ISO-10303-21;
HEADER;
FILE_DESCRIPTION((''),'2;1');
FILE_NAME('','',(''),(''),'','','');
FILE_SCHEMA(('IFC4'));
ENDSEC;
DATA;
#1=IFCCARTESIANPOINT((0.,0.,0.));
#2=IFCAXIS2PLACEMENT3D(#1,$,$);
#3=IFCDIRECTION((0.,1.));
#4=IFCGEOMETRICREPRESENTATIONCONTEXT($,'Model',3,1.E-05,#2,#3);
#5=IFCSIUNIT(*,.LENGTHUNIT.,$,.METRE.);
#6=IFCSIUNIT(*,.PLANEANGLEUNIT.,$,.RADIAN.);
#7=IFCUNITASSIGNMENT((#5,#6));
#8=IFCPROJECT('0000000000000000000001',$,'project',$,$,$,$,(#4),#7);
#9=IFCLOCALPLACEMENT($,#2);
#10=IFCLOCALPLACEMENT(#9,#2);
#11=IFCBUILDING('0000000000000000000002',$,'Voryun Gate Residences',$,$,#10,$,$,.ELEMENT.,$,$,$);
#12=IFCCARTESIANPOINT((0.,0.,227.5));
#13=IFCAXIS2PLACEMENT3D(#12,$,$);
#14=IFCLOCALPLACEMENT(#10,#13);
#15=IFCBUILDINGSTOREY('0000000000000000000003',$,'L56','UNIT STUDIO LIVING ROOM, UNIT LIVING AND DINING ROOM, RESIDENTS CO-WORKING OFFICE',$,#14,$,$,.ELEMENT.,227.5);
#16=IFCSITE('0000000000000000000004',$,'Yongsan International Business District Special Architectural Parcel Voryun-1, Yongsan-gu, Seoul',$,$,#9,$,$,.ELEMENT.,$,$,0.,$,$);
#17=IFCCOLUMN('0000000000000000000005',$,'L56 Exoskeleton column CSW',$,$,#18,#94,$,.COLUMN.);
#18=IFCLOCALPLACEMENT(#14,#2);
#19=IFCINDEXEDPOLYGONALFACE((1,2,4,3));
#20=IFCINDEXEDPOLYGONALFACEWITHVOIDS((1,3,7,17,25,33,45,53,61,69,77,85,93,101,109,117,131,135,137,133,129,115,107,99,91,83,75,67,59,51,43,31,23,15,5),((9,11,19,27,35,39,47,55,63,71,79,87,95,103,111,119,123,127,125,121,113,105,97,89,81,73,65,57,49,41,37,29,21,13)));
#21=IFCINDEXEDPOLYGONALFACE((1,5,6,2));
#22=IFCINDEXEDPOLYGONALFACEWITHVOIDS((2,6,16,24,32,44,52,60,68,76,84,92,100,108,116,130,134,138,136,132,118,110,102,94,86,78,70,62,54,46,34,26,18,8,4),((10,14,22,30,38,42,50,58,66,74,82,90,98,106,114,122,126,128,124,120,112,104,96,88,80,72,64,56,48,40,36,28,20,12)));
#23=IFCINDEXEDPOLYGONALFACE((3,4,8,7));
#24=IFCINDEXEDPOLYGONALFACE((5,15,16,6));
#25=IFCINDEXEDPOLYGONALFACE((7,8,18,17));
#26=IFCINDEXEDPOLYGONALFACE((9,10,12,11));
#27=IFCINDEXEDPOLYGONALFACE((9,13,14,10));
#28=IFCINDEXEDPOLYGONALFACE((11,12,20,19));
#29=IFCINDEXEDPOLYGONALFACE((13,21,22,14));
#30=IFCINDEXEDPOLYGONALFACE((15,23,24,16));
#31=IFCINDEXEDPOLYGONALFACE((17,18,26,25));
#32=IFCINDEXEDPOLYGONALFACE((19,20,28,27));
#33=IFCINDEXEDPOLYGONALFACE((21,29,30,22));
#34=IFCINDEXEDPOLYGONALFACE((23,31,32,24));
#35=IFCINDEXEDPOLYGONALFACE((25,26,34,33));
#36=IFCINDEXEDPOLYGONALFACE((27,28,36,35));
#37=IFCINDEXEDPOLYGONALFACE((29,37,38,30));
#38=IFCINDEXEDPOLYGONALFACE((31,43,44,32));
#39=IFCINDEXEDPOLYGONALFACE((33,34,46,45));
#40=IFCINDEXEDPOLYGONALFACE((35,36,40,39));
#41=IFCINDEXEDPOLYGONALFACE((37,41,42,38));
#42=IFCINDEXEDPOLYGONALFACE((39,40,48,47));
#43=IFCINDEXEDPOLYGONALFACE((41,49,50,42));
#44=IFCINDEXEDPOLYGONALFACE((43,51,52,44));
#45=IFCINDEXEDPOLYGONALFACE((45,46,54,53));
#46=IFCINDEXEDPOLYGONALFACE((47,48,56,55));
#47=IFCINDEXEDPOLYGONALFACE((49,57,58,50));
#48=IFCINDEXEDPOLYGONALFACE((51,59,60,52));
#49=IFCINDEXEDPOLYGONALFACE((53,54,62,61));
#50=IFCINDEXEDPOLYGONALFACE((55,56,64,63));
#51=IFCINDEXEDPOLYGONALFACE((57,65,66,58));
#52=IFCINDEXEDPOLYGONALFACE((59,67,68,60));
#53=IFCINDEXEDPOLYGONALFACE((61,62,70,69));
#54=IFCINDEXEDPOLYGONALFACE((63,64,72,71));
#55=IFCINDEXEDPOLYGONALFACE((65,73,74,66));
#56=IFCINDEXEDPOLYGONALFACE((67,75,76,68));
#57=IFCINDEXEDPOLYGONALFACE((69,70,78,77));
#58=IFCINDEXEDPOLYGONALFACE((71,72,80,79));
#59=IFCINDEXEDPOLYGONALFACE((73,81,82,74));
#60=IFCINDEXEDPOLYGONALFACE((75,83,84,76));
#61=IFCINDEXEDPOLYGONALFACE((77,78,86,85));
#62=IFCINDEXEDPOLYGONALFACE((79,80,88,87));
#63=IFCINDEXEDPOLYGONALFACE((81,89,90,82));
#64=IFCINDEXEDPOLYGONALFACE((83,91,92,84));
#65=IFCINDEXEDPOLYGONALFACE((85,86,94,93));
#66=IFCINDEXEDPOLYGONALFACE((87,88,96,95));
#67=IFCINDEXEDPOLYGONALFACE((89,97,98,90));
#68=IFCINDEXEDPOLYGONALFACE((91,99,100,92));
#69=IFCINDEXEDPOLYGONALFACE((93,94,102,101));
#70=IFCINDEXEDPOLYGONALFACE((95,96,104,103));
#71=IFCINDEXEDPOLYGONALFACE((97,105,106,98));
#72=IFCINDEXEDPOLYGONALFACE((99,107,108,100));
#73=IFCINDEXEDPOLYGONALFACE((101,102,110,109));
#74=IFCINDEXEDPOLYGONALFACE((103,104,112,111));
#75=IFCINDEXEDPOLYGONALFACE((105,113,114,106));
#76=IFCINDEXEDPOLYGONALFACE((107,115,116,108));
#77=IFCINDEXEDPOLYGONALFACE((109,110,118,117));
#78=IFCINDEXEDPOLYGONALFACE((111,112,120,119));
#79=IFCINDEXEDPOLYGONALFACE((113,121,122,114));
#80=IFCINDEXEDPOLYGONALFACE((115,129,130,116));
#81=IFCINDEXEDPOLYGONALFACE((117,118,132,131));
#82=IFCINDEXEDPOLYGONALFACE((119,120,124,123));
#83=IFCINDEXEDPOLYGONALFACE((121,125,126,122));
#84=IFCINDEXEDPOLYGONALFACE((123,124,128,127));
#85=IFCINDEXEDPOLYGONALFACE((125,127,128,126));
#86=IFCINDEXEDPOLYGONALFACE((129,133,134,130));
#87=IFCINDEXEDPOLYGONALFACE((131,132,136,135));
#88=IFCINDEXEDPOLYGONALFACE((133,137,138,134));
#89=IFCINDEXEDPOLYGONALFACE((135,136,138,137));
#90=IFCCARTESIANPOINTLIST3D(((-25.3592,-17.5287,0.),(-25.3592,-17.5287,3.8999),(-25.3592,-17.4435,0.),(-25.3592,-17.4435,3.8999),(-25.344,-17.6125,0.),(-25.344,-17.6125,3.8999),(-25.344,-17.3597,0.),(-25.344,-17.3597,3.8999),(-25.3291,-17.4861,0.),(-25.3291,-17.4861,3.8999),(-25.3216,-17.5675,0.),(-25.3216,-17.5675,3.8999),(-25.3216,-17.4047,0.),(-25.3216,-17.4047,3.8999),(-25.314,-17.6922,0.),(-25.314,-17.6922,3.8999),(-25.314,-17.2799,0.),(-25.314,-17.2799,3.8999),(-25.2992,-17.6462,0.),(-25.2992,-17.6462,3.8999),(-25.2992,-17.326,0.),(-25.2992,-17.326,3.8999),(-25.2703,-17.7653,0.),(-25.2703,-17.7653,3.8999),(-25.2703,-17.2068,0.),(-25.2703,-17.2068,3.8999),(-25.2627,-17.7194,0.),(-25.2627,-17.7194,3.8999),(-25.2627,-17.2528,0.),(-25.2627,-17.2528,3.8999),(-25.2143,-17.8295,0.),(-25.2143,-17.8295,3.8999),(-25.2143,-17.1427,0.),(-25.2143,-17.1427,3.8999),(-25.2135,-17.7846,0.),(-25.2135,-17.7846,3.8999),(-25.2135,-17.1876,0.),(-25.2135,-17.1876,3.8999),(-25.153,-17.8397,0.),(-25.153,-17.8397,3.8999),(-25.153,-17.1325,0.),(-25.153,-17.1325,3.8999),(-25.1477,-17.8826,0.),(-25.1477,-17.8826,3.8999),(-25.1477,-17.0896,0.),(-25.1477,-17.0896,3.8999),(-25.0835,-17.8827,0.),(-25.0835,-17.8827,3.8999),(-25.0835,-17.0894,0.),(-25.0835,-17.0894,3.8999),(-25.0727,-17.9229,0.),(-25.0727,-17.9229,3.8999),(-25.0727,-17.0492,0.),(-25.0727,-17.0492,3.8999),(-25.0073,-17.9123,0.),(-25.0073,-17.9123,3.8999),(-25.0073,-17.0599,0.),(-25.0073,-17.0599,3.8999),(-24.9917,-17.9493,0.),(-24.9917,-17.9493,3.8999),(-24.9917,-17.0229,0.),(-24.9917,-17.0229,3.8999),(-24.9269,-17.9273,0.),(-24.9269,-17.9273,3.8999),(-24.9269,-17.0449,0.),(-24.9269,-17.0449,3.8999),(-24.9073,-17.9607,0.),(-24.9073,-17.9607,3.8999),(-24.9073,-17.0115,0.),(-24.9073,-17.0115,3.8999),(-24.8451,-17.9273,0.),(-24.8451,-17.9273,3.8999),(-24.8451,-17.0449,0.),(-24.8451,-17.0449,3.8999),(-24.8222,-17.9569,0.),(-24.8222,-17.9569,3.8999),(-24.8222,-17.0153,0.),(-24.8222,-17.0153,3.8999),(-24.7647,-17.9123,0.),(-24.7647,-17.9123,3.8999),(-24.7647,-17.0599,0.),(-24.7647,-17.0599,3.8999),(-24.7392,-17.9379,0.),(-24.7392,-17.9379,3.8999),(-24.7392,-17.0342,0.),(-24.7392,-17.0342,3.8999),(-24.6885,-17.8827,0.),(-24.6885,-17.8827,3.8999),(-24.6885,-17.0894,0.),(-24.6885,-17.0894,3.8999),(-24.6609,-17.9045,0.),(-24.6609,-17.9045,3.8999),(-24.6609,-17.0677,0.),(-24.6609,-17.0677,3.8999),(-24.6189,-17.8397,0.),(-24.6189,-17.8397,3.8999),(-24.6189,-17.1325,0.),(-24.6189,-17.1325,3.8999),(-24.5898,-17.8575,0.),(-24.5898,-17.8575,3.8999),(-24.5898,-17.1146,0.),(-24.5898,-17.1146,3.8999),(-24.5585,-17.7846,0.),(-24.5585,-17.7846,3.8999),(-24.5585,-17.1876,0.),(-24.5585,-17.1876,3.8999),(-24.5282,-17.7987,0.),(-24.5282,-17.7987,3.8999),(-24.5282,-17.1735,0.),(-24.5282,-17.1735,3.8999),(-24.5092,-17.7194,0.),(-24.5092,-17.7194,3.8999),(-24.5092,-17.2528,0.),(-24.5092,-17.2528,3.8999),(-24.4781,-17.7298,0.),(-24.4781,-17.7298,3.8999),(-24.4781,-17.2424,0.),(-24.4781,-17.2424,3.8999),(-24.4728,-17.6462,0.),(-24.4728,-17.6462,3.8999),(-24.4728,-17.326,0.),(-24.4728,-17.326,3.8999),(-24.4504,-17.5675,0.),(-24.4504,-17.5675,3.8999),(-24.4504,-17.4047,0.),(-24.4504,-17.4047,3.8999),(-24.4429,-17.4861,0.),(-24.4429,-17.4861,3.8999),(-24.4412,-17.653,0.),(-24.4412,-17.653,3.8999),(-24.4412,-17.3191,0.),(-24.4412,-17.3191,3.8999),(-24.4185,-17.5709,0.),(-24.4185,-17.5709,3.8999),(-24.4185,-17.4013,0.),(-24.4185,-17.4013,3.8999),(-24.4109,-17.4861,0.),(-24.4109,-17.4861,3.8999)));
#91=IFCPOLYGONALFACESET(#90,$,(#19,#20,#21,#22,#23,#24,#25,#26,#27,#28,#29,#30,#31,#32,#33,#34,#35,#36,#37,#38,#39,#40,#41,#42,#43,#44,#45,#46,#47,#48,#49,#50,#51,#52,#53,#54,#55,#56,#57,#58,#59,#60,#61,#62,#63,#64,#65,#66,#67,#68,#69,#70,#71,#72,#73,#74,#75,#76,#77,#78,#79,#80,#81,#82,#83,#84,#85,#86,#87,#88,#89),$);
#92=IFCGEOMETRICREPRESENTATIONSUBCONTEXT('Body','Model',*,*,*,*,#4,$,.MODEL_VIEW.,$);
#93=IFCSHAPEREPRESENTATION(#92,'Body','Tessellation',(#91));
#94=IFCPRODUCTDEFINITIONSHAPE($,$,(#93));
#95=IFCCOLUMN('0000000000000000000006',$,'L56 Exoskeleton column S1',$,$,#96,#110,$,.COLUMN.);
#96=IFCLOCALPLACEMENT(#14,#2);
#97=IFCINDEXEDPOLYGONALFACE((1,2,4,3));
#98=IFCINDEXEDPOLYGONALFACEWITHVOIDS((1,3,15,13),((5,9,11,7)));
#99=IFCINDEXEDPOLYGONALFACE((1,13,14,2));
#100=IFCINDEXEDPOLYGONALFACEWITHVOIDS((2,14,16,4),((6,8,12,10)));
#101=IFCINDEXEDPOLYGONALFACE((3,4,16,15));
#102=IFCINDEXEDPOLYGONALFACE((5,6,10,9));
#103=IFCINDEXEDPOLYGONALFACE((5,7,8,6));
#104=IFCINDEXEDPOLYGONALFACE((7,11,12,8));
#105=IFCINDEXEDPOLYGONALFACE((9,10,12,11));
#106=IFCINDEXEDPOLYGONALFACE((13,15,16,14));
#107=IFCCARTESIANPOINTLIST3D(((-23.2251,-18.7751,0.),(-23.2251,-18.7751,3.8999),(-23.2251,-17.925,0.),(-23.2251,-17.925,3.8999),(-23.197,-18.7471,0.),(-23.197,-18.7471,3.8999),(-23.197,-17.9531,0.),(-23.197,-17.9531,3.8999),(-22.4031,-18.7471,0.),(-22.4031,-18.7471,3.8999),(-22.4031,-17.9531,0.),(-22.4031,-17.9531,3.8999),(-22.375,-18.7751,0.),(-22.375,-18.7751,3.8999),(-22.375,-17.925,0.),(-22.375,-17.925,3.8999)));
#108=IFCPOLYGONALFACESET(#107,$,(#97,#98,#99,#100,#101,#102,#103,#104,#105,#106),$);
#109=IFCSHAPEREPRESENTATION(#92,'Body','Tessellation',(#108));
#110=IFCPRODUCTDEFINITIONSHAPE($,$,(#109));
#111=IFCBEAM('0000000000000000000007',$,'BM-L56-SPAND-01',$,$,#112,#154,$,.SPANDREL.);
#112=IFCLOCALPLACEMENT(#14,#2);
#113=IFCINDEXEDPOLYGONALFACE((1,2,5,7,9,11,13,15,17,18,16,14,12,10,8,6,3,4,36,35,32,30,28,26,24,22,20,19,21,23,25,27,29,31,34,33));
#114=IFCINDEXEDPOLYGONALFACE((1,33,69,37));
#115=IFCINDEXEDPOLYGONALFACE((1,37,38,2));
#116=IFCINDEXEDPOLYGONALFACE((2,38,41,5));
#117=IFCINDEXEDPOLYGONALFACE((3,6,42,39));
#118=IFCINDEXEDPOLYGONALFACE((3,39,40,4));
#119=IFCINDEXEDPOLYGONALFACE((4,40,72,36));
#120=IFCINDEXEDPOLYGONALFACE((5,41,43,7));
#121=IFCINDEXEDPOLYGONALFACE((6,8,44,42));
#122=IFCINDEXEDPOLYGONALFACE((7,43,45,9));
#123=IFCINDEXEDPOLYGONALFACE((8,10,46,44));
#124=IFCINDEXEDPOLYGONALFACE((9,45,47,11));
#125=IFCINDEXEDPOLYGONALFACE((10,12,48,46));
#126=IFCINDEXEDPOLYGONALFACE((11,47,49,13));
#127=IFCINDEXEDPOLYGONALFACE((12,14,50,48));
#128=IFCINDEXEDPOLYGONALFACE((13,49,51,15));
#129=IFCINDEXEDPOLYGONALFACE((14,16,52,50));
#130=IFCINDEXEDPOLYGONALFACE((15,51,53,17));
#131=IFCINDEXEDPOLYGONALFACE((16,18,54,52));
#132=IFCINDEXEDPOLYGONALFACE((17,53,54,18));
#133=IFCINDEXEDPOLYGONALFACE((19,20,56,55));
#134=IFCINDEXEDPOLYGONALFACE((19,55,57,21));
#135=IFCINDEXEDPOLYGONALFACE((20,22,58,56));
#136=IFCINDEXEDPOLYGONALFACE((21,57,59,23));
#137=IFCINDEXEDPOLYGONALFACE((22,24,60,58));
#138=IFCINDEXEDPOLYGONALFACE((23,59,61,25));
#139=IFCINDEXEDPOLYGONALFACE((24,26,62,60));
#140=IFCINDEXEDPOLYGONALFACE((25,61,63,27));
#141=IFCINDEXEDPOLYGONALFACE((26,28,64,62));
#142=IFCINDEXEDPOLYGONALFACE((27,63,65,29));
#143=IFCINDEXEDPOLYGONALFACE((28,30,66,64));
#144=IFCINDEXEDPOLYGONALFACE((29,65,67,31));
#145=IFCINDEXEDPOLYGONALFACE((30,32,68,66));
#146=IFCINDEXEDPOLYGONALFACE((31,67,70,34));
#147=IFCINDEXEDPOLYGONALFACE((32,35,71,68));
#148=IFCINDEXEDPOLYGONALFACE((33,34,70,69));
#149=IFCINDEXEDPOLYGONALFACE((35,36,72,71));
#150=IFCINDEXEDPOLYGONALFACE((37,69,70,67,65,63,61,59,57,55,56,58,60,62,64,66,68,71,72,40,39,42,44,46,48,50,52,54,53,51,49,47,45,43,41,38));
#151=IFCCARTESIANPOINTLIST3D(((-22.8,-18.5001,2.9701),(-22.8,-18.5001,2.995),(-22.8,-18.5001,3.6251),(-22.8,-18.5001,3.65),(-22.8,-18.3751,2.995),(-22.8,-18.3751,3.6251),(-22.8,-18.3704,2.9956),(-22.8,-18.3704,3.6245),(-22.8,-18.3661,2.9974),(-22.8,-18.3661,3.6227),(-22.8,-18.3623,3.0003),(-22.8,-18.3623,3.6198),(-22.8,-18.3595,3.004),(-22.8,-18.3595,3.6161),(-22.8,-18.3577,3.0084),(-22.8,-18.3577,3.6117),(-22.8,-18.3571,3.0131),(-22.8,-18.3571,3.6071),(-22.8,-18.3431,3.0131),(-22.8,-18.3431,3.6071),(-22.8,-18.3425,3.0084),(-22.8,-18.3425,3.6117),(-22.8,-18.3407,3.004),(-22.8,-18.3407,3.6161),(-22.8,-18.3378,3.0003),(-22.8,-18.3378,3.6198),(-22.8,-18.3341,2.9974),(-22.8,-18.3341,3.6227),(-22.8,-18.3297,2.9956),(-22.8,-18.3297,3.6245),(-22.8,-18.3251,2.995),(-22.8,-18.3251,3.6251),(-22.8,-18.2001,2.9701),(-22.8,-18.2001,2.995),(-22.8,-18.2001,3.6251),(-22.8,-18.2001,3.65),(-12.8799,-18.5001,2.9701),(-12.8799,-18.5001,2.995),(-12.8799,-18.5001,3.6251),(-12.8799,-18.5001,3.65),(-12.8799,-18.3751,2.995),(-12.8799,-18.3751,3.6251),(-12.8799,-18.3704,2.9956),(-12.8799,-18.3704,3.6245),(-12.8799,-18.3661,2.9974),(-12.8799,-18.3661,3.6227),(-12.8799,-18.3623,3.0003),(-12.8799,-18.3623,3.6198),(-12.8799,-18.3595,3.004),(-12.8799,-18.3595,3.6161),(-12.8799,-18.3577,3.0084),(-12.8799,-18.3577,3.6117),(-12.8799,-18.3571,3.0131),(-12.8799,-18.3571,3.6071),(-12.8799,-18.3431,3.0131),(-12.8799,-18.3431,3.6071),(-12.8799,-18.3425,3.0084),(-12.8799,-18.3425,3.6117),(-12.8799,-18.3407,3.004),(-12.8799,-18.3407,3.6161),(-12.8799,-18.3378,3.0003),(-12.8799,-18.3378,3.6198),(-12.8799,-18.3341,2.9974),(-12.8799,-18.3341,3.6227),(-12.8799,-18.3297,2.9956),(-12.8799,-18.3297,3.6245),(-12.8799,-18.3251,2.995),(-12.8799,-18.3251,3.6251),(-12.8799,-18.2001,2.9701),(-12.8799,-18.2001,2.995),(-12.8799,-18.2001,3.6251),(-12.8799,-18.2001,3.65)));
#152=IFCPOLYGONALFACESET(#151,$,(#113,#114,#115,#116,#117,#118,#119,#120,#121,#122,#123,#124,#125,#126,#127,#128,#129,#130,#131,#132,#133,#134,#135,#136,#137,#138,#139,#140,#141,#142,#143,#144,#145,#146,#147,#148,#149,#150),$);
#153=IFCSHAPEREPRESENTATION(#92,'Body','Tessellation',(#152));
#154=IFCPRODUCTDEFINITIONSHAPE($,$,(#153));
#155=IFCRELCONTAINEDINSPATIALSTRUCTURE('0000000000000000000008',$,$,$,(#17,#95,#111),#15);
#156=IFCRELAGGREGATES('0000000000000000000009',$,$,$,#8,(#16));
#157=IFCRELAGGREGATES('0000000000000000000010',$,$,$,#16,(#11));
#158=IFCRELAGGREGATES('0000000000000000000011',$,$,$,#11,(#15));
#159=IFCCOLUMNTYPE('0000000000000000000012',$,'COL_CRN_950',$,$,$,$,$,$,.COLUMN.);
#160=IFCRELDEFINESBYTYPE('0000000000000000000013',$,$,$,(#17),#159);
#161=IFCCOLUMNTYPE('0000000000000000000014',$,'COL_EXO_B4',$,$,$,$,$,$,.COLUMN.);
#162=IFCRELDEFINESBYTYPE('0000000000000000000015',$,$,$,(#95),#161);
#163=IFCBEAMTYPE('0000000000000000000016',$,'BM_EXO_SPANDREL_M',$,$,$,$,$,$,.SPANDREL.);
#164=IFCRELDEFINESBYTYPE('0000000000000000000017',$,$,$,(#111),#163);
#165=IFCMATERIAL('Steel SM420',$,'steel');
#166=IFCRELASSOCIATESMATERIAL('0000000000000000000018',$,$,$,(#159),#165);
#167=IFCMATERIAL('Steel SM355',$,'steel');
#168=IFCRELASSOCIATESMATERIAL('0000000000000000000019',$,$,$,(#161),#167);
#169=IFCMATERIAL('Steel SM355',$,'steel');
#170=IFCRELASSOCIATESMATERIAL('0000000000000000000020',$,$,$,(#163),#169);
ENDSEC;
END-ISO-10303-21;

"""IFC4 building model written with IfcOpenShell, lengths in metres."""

from ifc_helpers import new_model, si_unit, direction, frame, origin, origin_2d, place, context, subcontext, project, spatial, hollow_rectangle, hollow_circle, i_section, extrude, material, material_profile, profile_set, type_object, element, save


model = new_model("IFC4")

# Units and contexts
model_context = context("Model", 3, precision=1e-05, world=origin(), true_north=direction((0.0, 1.0)))
body_context = subcontext(model_context, "Body", "Model", "MODEL_VIEW")
ifc_project = project(units=[si_unit("LENGTHUNIT", "METRE"), si_unit("PLANEANGLEUNIT", "RADIAN")], contexts=[model_context])

# Site, building, storey
site_placement = place(None, origin())
site = spatial("IfcSite", under=ifc_project, at=site_placement, Name="Yongsan International Business District Special Architectural Parcel Voryun-1, Yongsan-gu, Seoul", CompositionType="ELEMENT", RefElevation=0.0)
building_placement = place(site_placement, origin())
building = spatial("IfcBuilding", under=site, at=building_placement, Name="Voryun Gate Residences", CompositionType="ELEMENT")
storey_placement = place(building_placement, frame((0.0, 0.0, 227.5)))
storey = spatial("IfcBuildingStorey", under=building, at=storey_placement, Name="L56", Description="UNIT STUDIO LIVING ROOM, UNIT LIVING AND DINING ROOM, RESIDENTS CO-WORKING OFFICE", CompositionType="ELEMENT", Elevation=227.5)

# Columns
ifc_material_1 = material(Name="Steel SM420", Category="steel")
ifc_material_profile_1 = material_profile(ifc_material_1, hollow_circle(Radius=0.4751, WallThickness=0.032, at=origin_2d()), Name="CHS-950x32")
ifc_profile_set_1 = profile_set([ifc_material_profile_1], Name="Steel SM420")
column_type_1 = type_object("IfcColumnType", Name="COL_CRN_950", PredefinedType="COLUMN", material=ifc_profile_set_1)
column_1_placement = place(storey_placement, frame((-24.886, -17.4861, 0.0), z_axis=(0.0, 0.0, 1.0), x_axis=(1.0, 0.0, 0.0)))
element("IfcColumn", 1, at=column_1_placement, inside=storey, type_object=column_type_1, Name="L56 Exoskeleton column CSW", PredefinedType="COLUMN", context=body_context, shape_type="SweptSolid", body=[
    extrude(hollow_circle(Radius=0.4751, WallThickness=0.032, at=origin_2d()), origin(), (0.0, 0.0, 1.0), 3.8999),
])
ifc_material_2 = material(Name="Steel SM355", Category="steel")
ifc_material_profile_2 = material_profile(ifc_material_2, hollow_rectangle(XDim=0.8501, YDim=0.8501, WallThickness=0.0281, at=origin_2d()), Name="BOX-850x850x28")
ifc_profile_set_2 = profile_set([ifc_material_profile_2], Name="Steel SM355")
column_type_2 = type_object("IfcColumnType", Name="COL_EXO_B4", PredefinedType="COLUMN", material=ifc_profile_set_2)
column_2_placement = place(storey_placement, frame((-22.8, -18.3501, 0.0), z_axis=(0.0, 0.0, 1.0), x_axis=(1.0, 0.0, 0.0)))
element("IfcColumn", 2, at=column_2_placement, inside=storey, type_object=column_type_2, Name="L56 Exoskeleton column S1", PredefinedType="COLUMN", context=body_context, shape_type="SweptSolid", body=[
    extrude(hollow_rectangle(XDim=0.8501, YDim=0.8501, WallThickness=0.0281, at=origin_2d()), origin(), (0.0, 0.0, 1.0), 3.8999),
])

# Beam
ifc_material_3 = material(Name="Steel SM355", Category="steel")
ifc_material_profile_3 = material_profile(ifc_material_3, i_section(OverallWidth=0.3, OverallDepth=0.6799, WebThickness=0.0139, FlangeThickness=0.0249, FilletRadius=0.0181, at=origin_2d()), Name="H-680x300x14x25")
ifc_profile_set_3 = profile_set([ifc_material_profile_3], Name="Steel SM355")
beam_type = type_object("IfcBeamType", Name="BM_EXO_SPANDREL_M", PredefinedType="SPANDREL", material=ifc_profile_set_3)
beam_1_placement = place(storey_placement, frame((-22.8, -18.3501, 3.3101), z_axis=(1.0, 0.0, 0.0), x_axis=(0.0, 1.0, 0.0)))
element("IfcBeam", 3, at=beam_1_placement, inside=storey, type_object=beam_type, Name="BM-L56-SPAND-01", PredefinedType="SPANDREL", context=body_context, shape_type="SweptSolid", body=[
    extrude(i_section(OverallWidth=0.3, OverallDepth=0.6799, WebThickness=0.0139, FlangeThickness=0.0249, FilletRadius=0.0181, at=origin_2d()), origin(), (0.0, 0.0, 1.0), 9.9202),
])

save(model, "model.ifc")
